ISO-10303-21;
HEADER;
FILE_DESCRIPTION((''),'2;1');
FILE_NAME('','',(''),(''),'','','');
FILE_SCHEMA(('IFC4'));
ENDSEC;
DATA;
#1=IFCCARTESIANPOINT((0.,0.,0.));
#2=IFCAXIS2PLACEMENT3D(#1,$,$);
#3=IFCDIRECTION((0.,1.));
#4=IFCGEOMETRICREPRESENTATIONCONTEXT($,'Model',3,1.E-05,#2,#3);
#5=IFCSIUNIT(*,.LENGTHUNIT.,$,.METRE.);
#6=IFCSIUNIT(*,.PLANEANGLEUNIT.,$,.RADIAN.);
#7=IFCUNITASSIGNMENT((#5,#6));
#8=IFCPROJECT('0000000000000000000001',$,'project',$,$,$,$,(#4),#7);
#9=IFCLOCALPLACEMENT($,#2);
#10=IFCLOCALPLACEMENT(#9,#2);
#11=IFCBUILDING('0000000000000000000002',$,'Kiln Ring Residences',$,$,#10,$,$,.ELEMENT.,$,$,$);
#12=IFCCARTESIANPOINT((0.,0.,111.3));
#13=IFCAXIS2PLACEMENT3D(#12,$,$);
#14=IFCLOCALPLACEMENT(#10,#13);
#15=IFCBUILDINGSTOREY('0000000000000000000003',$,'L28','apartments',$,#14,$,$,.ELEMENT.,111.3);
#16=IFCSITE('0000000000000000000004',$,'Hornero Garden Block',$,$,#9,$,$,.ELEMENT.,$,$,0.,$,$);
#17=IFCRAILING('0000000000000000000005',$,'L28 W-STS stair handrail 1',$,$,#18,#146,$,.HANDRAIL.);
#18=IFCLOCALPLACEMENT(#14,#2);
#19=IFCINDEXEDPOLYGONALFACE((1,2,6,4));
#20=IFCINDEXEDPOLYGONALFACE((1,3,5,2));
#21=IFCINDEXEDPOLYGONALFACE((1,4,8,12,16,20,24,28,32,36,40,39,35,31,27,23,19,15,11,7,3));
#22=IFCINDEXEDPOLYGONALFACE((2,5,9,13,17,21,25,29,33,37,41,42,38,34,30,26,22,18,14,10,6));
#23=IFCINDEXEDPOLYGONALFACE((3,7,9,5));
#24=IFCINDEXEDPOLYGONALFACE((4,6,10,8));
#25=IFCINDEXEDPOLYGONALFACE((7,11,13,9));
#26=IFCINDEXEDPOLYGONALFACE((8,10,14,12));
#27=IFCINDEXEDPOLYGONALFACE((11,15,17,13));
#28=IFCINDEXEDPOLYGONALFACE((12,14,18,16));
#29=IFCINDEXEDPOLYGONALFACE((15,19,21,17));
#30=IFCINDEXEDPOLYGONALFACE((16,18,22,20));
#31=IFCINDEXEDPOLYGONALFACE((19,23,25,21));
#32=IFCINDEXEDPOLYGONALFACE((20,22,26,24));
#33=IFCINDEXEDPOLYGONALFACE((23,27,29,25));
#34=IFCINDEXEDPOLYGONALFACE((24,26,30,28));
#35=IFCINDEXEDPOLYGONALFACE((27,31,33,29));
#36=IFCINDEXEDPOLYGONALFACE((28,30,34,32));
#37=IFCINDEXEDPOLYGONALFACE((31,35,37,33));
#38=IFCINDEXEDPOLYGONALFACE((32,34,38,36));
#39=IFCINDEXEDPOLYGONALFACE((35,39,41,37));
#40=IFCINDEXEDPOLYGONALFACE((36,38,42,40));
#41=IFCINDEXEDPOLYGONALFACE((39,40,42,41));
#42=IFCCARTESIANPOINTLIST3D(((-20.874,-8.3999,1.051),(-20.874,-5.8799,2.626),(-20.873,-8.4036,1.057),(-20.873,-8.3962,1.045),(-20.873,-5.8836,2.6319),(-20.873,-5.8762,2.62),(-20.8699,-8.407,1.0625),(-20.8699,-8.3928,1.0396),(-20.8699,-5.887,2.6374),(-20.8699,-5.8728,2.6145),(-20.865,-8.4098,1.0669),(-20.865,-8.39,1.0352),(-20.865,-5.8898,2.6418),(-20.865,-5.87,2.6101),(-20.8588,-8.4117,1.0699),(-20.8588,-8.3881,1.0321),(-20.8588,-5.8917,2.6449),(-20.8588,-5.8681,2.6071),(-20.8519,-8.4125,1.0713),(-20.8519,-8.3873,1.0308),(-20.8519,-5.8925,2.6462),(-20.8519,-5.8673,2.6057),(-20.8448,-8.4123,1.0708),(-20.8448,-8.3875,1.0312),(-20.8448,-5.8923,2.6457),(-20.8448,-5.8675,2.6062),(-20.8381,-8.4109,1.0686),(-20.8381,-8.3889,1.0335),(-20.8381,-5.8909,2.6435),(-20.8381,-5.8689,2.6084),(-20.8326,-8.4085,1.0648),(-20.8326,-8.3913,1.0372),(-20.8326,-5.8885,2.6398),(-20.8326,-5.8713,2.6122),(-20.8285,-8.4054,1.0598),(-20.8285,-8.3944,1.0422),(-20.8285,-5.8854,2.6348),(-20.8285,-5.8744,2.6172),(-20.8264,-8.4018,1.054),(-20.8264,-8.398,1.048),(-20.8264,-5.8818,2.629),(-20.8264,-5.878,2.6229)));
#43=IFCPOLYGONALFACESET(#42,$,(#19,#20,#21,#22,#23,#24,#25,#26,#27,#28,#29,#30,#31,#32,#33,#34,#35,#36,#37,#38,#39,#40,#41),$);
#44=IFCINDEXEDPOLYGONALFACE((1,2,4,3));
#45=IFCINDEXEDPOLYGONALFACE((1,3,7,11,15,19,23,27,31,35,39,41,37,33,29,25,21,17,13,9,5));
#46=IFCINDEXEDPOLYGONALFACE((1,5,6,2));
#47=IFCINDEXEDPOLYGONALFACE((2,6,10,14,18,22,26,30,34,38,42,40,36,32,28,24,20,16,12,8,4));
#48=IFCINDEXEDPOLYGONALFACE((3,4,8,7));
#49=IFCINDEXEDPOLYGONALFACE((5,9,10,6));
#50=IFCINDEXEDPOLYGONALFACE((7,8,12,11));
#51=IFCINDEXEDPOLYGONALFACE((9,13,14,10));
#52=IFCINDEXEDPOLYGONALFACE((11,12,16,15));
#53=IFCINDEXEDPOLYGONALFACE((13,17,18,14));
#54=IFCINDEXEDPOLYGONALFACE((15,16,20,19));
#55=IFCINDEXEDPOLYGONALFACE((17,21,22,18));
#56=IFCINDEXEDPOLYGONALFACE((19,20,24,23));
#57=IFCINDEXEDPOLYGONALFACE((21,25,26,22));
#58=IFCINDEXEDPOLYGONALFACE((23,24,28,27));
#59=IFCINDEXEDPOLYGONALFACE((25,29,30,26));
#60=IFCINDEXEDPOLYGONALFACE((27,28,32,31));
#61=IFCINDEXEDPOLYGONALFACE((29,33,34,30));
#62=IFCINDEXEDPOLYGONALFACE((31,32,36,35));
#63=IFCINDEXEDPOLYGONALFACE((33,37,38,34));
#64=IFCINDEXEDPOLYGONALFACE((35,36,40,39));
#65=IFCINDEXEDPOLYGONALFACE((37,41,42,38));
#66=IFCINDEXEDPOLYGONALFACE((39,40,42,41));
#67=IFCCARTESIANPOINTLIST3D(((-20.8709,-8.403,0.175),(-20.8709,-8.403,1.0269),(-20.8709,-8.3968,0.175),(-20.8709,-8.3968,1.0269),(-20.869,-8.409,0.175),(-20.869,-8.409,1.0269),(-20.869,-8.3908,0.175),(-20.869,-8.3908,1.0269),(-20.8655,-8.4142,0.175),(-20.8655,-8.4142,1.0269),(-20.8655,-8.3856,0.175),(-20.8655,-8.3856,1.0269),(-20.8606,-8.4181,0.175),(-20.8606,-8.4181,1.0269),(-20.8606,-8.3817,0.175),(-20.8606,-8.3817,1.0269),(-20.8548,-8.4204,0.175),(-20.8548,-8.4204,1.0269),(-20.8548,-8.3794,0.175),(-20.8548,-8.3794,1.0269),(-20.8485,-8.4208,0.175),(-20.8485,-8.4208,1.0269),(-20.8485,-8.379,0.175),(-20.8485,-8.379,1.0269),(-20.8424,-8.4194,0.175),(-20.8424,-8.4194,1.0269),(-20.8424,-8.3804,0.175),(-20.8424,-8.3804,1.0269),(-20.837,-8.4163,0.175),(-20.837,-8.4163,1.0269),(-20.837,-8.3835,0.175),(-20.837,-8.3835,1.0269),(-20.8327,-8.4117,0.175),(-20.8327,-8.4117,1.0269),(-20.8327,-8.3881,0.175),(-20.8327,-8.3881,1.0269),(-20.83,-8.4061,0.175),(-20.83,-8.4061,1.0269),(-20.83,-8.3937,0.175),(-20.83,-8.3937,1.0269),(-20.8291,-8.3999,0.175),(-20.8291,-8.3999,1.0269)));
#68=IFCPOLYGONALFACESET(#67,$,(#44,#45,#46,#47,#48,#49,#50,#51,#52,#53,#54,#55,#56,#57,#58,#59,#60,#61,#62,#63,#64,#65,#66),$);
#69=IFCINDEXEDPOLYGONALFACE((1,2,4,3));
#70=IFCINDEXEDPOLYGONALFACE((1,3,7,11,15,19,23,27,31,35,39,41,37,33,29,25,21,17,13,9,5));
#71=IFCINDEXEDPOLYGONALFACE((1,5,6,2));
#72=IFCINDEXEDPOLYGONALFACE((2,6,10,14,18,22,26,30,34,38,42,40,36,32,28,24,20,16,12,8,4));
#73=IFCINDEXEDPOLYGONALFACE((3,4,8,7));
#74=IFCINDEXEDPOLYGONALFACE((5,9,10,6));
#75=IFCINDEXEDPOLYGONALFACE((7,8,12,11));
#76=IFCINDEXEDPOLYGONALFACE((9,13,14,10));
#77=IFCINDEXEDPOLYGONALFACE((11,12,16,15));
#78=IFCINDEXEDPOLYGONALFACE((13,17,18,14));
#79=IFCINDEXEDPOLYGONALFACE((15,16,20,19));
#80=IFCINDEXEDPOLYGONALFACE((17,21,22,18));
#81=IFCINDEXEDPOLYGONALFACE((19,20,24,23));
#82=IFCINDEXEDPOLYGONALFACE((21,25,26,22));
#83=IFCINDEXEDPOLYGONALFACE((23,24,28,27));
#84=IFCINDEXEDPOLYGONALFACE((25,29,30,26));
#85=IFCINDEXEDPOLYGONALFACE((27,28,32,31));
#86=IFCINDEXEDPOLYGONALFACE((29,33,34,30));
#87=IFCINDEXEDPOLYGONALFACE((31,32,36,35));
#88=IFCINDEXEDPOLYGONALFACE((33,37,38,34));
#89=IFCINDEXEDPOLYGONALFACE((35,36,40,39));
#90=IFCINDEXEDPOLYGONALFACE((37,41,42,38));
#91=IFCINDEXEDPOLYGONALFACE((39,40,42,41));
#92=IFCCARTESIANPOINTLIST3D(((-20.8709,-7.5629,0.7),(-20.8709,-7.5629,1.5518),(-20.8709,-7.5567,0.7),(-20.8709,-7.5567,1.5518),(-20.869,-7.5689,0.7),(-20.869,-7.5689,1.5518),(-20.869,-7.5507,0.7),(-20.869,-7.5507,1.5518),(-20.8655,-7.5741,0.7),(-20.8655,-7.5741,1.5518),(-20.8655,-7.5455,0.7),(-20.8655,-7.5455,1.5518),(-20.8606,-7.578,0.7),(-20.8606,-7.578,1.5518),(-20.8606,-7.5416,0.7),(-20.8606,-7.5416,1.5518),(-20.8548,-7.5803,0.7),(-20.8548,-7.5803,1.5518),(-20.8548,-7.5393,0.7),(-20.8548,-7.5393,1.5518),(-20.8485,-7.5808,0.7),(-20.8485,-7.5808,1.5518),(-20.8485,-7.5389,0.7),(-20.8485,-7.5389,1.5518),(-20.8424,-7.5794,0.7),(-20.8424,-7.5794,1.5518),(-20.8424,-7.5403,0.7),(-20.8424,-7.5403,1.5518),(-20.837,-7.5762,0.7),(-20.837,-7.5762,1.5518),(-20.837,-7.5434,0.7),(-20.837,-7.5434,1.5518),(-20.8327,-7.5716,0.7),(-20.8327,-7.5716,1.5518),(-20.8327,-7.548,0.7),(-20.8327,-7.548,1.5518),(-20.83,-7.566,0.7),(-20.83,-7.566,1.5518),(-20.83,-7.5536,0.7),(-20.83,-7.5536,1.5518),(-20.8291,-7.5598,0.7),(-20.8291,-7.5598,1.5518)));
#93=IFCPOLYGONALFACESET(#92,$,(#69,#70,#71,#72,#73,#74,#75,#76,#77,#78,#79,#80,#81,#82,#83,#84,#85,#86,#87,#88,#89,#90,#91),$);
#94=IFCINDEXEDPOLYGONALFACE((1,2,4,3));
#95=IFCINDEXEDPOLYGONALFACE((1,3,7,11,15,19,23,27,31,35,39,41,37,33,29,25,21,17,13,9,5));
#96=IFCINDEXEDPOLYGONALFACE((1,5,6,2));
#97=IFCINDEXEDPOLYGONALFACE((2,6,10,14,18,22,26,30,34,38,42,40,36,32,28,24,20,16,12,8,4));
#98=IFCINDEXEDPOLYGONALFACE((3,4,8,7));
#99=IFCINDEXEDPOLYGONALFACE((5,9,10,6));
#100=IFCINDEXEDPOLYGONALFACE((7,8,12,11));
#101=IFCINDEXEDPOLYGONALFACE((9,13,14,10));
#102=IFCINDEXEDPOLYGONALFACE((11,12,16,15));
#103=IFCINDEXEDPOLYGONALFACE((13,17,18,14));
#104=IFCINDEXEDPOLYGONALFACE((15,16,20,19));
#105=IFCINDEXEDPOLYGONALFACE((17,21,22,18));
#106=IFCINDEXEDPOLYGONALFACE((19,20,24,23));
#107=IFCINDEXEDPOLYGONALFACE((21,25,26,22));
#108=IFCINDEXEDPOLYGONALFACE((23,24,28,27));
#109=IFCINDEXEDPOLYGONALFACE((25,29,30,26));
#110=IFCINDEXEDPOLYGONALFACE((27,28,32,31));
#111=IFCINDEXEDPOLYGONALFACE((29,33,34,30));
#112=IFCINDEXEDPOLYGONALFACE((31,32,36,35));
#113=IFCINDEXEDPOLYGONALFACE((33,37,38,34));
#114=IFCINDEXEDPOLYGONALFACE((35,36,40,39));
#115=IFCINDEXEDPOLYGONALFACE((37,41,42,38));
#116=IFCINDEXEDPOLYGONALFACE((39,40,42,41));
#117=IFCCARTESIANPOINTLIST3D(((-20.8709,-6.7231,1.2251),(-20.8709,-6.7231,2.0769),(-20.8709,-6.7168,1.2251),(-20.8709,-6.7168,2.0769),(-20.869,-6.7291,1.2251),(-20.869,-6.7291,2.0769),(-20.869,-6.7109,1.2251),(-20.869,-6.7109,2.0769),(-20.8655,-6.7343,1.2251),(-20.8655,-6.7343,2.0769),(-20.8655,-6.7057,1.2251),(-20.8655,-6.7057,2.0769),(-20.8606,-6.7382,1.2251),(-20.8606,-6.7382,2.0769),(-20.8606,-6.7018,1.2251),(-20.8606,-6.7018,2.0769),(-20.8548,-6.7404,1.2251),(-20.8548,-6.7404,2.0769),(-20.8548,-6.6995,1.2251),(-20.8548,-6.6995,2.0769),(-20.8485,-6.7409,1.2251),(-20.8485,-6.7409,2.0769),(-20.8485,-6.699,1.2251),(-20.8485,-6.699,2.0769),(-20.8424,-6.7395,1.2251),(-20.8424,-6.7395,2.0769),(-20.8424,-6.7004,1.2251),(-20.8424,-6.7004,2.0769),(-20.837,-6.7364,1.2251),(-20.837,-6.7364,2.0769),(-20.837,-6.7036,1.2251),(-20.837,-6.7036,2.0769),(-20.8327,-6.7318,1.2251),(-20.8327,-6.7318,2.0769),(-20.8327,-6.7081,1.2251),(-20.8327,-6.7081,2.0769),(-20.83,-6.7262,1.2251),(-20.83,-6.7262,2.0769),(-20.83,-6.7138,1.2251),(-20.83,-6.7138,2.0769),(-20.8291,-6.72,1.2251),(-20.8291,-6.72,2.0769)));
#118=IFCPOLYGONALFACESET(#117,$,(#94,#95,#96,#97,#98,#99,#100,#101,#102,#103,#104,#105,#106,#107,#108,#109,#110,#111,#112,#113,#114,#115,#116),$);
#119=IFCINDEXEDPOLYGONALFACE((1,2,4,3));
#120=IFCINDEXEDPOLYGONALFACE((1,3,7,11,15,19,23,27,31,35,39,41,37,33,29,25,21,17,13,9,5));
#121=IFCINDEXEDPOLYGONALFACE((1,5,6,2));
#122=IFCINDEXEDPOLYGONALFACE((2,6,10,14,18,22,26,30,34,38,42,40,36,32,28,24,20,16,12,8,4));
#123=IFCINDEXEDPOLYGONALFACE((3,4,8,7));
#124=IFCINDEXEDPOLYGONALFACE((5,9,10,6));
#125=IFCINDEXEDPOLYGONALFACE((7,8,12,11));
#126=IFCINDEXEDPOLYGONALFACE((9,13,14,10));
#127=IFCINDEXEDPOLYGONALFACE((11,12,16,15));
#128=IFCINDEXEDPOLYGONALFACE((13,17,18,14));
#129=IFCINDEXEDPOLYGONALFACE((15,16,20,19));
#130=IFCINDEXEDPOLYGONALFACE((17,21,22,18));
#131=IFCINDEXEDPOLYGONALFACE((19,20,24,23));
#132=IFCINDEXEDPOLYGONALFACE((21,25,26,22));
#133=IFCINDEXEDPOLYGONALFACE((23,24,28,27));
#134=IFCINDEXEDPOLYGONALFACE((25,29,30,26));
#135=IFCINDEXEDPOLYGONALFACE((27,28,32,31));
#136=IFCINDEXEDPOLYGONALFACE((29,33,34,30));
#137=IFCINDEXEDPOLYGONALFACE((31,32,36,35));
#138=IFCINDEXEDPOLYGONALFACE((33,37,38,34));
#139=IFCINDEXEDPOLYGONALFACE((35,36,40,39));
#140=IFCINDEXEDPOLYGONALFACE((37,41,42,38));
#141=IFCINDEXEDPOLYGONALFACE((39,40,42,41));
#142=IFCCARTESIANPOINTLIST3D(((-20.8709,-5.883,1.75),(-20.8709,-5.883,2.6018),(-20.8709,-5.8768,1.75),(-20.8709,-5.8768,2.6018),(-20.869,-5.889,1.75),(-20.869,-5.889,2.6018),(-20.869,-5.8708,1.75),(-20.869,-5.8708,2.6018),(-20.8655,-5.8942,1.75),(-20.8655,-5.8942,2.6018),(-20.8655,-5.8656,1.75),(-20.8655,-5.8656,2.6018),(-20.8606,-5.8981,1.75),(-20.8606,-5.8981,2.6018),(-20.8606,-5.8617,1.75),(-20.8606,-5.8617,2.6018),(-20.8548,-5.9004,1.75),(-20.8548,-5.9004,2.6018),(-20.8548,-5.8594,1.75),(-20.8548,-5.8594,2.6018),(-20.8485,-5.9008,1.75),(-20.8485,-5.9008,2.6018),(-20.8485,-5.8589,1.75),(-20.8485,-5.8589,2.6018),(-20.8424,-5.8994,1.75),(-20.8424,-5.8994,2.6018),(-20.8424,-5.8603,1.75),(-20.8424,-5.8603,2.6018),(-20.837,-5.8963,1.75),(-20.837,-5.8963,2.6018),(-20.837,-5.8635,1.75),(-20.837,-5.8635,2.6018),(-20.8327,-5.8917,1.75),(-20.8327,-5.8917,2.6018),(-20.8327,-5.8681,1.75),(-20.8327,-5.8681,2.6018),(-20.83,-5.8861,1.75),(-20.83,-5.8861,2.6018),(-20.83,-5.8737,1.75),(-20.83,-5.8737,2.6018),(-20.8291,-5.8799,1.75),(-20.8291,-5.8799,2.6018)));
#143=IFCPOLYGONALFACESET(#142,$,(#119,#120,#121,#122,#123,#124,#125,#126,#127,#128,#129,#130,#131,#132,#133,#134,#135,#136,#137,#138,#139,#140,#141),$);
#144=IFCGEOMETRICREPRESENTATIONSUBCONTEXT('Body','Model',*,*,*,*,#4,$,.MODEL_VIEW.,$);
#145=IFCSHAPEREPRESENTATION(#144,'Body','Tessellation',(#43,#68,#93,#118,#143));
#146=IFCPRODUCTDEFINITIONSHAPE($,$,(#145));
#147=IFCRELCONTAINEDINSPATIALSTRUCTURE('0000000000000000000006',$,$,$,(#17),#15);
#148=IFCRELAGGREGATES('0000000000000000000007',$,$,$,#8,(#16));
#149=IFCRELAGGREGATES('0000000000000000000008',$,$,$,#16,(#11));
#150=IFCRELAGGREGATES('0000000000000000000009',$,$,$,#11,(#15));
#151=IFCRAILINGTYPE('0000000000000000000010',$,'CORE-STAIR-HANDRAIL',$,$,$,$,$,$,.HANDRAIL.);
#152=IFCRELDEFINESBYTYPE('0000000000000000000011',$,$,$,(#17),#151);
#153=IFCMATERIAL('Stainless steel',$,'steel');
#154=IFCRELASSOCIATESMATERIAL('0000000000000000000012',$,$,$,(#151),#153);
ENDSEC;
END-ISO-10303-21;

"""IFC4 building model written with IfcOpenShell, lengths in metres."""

from ifc_helpers import new_model, si_unit, direction, frame, origin, origin_2d, place, context, subcontext, project, spatial, circle, extrude, material, type_object, element, save


model = new_model("IFC4")

# Units and contexts
model_context = context("Model", 3, precision=1e-05, world=origin(), true_north=direction((0.0, 1.0)))
body_context = subcontext(model_context, "Body", "Model", "MODEL_VIEW")
ifc_project = project(units=[si_unit("LENGTHUNIT", "METRE"), si_unit("PLANEANGLEUNIT", "RADIAN")], contexts=[model_context])

# Site, building, storey
site_placement = place(None, origin())
site = spatial("IfcSite", under=ifc_project, at=site_placement, Name="Hornero Garden Block", CompositionType="ELEMENT", RefElevation=0.0)
building_placement = place(site_placement, origin())
building = spatial("IfcBuilding", under=site, at=building_placement, Name="Kiln Ring Residences", CompositionType="ELEMENT")
storey_placement = place(building_placement, frame((0.0, 0.0, 111.3)))
storey = spatial("IfcBuildingStorey", under=building, at=storey_placement, Name="L28", Description="apartments", CompositionType="ELEMENT", Elevation=111.3)

# Railing
ifc_material_1 = material(Name="Stainless steel", Category="steel")
railing_type_1 = type_object("IfcRailingType", Name="CORE-STAIR-HANDRAIL", PredefinedType="HANDRAIL", material=ifc_material_1)
railing_1_placement = place(storey_placement, frame((-20.8501, -8.3999, 0.175)))
element("IfcRailing", 1, at=railing_1_placement, inside=storey, type_object=railing_type_1, Name="L28 W-STS stair handrail 1", PredefinedType="HANDRAIL", context=body_context, shape_type="SweptSolid", body=[
    extrude(circle(Radius=0.0239, at=origin_2d()), frame((0.0, 0.0, 0.876), z_axis=(0.0, 0.848008, 0.529984), x_axis=(-1.0, 0.0, 0.0)), (0.0, 0.0, 1.0), 2.9717),
    extrude(circle(Radius=0.021, at=origin_2d()), origin(), (0.0, 0.0, 1.0), 0.8518),
    extrude(circle(Radius=0.021, at=origin_2d()), frame((0.0, 0.8401, 0.5249)), (0.0, 0.0, 1.0), 0.8518),
    extrude(circle(Radius=0.021, at=origin_2d()), frame((0.0, 1.6799, 1.05)), (0.0, 0.0, 1.0), 0.8518),
    extrude(circle(Radius=0.021, at=origin_2d()), frame((0.0, 2.52, 1.575)), (0.0, 0.0, 1.0), 0.8518),
])

save(model, "model.ifc")
